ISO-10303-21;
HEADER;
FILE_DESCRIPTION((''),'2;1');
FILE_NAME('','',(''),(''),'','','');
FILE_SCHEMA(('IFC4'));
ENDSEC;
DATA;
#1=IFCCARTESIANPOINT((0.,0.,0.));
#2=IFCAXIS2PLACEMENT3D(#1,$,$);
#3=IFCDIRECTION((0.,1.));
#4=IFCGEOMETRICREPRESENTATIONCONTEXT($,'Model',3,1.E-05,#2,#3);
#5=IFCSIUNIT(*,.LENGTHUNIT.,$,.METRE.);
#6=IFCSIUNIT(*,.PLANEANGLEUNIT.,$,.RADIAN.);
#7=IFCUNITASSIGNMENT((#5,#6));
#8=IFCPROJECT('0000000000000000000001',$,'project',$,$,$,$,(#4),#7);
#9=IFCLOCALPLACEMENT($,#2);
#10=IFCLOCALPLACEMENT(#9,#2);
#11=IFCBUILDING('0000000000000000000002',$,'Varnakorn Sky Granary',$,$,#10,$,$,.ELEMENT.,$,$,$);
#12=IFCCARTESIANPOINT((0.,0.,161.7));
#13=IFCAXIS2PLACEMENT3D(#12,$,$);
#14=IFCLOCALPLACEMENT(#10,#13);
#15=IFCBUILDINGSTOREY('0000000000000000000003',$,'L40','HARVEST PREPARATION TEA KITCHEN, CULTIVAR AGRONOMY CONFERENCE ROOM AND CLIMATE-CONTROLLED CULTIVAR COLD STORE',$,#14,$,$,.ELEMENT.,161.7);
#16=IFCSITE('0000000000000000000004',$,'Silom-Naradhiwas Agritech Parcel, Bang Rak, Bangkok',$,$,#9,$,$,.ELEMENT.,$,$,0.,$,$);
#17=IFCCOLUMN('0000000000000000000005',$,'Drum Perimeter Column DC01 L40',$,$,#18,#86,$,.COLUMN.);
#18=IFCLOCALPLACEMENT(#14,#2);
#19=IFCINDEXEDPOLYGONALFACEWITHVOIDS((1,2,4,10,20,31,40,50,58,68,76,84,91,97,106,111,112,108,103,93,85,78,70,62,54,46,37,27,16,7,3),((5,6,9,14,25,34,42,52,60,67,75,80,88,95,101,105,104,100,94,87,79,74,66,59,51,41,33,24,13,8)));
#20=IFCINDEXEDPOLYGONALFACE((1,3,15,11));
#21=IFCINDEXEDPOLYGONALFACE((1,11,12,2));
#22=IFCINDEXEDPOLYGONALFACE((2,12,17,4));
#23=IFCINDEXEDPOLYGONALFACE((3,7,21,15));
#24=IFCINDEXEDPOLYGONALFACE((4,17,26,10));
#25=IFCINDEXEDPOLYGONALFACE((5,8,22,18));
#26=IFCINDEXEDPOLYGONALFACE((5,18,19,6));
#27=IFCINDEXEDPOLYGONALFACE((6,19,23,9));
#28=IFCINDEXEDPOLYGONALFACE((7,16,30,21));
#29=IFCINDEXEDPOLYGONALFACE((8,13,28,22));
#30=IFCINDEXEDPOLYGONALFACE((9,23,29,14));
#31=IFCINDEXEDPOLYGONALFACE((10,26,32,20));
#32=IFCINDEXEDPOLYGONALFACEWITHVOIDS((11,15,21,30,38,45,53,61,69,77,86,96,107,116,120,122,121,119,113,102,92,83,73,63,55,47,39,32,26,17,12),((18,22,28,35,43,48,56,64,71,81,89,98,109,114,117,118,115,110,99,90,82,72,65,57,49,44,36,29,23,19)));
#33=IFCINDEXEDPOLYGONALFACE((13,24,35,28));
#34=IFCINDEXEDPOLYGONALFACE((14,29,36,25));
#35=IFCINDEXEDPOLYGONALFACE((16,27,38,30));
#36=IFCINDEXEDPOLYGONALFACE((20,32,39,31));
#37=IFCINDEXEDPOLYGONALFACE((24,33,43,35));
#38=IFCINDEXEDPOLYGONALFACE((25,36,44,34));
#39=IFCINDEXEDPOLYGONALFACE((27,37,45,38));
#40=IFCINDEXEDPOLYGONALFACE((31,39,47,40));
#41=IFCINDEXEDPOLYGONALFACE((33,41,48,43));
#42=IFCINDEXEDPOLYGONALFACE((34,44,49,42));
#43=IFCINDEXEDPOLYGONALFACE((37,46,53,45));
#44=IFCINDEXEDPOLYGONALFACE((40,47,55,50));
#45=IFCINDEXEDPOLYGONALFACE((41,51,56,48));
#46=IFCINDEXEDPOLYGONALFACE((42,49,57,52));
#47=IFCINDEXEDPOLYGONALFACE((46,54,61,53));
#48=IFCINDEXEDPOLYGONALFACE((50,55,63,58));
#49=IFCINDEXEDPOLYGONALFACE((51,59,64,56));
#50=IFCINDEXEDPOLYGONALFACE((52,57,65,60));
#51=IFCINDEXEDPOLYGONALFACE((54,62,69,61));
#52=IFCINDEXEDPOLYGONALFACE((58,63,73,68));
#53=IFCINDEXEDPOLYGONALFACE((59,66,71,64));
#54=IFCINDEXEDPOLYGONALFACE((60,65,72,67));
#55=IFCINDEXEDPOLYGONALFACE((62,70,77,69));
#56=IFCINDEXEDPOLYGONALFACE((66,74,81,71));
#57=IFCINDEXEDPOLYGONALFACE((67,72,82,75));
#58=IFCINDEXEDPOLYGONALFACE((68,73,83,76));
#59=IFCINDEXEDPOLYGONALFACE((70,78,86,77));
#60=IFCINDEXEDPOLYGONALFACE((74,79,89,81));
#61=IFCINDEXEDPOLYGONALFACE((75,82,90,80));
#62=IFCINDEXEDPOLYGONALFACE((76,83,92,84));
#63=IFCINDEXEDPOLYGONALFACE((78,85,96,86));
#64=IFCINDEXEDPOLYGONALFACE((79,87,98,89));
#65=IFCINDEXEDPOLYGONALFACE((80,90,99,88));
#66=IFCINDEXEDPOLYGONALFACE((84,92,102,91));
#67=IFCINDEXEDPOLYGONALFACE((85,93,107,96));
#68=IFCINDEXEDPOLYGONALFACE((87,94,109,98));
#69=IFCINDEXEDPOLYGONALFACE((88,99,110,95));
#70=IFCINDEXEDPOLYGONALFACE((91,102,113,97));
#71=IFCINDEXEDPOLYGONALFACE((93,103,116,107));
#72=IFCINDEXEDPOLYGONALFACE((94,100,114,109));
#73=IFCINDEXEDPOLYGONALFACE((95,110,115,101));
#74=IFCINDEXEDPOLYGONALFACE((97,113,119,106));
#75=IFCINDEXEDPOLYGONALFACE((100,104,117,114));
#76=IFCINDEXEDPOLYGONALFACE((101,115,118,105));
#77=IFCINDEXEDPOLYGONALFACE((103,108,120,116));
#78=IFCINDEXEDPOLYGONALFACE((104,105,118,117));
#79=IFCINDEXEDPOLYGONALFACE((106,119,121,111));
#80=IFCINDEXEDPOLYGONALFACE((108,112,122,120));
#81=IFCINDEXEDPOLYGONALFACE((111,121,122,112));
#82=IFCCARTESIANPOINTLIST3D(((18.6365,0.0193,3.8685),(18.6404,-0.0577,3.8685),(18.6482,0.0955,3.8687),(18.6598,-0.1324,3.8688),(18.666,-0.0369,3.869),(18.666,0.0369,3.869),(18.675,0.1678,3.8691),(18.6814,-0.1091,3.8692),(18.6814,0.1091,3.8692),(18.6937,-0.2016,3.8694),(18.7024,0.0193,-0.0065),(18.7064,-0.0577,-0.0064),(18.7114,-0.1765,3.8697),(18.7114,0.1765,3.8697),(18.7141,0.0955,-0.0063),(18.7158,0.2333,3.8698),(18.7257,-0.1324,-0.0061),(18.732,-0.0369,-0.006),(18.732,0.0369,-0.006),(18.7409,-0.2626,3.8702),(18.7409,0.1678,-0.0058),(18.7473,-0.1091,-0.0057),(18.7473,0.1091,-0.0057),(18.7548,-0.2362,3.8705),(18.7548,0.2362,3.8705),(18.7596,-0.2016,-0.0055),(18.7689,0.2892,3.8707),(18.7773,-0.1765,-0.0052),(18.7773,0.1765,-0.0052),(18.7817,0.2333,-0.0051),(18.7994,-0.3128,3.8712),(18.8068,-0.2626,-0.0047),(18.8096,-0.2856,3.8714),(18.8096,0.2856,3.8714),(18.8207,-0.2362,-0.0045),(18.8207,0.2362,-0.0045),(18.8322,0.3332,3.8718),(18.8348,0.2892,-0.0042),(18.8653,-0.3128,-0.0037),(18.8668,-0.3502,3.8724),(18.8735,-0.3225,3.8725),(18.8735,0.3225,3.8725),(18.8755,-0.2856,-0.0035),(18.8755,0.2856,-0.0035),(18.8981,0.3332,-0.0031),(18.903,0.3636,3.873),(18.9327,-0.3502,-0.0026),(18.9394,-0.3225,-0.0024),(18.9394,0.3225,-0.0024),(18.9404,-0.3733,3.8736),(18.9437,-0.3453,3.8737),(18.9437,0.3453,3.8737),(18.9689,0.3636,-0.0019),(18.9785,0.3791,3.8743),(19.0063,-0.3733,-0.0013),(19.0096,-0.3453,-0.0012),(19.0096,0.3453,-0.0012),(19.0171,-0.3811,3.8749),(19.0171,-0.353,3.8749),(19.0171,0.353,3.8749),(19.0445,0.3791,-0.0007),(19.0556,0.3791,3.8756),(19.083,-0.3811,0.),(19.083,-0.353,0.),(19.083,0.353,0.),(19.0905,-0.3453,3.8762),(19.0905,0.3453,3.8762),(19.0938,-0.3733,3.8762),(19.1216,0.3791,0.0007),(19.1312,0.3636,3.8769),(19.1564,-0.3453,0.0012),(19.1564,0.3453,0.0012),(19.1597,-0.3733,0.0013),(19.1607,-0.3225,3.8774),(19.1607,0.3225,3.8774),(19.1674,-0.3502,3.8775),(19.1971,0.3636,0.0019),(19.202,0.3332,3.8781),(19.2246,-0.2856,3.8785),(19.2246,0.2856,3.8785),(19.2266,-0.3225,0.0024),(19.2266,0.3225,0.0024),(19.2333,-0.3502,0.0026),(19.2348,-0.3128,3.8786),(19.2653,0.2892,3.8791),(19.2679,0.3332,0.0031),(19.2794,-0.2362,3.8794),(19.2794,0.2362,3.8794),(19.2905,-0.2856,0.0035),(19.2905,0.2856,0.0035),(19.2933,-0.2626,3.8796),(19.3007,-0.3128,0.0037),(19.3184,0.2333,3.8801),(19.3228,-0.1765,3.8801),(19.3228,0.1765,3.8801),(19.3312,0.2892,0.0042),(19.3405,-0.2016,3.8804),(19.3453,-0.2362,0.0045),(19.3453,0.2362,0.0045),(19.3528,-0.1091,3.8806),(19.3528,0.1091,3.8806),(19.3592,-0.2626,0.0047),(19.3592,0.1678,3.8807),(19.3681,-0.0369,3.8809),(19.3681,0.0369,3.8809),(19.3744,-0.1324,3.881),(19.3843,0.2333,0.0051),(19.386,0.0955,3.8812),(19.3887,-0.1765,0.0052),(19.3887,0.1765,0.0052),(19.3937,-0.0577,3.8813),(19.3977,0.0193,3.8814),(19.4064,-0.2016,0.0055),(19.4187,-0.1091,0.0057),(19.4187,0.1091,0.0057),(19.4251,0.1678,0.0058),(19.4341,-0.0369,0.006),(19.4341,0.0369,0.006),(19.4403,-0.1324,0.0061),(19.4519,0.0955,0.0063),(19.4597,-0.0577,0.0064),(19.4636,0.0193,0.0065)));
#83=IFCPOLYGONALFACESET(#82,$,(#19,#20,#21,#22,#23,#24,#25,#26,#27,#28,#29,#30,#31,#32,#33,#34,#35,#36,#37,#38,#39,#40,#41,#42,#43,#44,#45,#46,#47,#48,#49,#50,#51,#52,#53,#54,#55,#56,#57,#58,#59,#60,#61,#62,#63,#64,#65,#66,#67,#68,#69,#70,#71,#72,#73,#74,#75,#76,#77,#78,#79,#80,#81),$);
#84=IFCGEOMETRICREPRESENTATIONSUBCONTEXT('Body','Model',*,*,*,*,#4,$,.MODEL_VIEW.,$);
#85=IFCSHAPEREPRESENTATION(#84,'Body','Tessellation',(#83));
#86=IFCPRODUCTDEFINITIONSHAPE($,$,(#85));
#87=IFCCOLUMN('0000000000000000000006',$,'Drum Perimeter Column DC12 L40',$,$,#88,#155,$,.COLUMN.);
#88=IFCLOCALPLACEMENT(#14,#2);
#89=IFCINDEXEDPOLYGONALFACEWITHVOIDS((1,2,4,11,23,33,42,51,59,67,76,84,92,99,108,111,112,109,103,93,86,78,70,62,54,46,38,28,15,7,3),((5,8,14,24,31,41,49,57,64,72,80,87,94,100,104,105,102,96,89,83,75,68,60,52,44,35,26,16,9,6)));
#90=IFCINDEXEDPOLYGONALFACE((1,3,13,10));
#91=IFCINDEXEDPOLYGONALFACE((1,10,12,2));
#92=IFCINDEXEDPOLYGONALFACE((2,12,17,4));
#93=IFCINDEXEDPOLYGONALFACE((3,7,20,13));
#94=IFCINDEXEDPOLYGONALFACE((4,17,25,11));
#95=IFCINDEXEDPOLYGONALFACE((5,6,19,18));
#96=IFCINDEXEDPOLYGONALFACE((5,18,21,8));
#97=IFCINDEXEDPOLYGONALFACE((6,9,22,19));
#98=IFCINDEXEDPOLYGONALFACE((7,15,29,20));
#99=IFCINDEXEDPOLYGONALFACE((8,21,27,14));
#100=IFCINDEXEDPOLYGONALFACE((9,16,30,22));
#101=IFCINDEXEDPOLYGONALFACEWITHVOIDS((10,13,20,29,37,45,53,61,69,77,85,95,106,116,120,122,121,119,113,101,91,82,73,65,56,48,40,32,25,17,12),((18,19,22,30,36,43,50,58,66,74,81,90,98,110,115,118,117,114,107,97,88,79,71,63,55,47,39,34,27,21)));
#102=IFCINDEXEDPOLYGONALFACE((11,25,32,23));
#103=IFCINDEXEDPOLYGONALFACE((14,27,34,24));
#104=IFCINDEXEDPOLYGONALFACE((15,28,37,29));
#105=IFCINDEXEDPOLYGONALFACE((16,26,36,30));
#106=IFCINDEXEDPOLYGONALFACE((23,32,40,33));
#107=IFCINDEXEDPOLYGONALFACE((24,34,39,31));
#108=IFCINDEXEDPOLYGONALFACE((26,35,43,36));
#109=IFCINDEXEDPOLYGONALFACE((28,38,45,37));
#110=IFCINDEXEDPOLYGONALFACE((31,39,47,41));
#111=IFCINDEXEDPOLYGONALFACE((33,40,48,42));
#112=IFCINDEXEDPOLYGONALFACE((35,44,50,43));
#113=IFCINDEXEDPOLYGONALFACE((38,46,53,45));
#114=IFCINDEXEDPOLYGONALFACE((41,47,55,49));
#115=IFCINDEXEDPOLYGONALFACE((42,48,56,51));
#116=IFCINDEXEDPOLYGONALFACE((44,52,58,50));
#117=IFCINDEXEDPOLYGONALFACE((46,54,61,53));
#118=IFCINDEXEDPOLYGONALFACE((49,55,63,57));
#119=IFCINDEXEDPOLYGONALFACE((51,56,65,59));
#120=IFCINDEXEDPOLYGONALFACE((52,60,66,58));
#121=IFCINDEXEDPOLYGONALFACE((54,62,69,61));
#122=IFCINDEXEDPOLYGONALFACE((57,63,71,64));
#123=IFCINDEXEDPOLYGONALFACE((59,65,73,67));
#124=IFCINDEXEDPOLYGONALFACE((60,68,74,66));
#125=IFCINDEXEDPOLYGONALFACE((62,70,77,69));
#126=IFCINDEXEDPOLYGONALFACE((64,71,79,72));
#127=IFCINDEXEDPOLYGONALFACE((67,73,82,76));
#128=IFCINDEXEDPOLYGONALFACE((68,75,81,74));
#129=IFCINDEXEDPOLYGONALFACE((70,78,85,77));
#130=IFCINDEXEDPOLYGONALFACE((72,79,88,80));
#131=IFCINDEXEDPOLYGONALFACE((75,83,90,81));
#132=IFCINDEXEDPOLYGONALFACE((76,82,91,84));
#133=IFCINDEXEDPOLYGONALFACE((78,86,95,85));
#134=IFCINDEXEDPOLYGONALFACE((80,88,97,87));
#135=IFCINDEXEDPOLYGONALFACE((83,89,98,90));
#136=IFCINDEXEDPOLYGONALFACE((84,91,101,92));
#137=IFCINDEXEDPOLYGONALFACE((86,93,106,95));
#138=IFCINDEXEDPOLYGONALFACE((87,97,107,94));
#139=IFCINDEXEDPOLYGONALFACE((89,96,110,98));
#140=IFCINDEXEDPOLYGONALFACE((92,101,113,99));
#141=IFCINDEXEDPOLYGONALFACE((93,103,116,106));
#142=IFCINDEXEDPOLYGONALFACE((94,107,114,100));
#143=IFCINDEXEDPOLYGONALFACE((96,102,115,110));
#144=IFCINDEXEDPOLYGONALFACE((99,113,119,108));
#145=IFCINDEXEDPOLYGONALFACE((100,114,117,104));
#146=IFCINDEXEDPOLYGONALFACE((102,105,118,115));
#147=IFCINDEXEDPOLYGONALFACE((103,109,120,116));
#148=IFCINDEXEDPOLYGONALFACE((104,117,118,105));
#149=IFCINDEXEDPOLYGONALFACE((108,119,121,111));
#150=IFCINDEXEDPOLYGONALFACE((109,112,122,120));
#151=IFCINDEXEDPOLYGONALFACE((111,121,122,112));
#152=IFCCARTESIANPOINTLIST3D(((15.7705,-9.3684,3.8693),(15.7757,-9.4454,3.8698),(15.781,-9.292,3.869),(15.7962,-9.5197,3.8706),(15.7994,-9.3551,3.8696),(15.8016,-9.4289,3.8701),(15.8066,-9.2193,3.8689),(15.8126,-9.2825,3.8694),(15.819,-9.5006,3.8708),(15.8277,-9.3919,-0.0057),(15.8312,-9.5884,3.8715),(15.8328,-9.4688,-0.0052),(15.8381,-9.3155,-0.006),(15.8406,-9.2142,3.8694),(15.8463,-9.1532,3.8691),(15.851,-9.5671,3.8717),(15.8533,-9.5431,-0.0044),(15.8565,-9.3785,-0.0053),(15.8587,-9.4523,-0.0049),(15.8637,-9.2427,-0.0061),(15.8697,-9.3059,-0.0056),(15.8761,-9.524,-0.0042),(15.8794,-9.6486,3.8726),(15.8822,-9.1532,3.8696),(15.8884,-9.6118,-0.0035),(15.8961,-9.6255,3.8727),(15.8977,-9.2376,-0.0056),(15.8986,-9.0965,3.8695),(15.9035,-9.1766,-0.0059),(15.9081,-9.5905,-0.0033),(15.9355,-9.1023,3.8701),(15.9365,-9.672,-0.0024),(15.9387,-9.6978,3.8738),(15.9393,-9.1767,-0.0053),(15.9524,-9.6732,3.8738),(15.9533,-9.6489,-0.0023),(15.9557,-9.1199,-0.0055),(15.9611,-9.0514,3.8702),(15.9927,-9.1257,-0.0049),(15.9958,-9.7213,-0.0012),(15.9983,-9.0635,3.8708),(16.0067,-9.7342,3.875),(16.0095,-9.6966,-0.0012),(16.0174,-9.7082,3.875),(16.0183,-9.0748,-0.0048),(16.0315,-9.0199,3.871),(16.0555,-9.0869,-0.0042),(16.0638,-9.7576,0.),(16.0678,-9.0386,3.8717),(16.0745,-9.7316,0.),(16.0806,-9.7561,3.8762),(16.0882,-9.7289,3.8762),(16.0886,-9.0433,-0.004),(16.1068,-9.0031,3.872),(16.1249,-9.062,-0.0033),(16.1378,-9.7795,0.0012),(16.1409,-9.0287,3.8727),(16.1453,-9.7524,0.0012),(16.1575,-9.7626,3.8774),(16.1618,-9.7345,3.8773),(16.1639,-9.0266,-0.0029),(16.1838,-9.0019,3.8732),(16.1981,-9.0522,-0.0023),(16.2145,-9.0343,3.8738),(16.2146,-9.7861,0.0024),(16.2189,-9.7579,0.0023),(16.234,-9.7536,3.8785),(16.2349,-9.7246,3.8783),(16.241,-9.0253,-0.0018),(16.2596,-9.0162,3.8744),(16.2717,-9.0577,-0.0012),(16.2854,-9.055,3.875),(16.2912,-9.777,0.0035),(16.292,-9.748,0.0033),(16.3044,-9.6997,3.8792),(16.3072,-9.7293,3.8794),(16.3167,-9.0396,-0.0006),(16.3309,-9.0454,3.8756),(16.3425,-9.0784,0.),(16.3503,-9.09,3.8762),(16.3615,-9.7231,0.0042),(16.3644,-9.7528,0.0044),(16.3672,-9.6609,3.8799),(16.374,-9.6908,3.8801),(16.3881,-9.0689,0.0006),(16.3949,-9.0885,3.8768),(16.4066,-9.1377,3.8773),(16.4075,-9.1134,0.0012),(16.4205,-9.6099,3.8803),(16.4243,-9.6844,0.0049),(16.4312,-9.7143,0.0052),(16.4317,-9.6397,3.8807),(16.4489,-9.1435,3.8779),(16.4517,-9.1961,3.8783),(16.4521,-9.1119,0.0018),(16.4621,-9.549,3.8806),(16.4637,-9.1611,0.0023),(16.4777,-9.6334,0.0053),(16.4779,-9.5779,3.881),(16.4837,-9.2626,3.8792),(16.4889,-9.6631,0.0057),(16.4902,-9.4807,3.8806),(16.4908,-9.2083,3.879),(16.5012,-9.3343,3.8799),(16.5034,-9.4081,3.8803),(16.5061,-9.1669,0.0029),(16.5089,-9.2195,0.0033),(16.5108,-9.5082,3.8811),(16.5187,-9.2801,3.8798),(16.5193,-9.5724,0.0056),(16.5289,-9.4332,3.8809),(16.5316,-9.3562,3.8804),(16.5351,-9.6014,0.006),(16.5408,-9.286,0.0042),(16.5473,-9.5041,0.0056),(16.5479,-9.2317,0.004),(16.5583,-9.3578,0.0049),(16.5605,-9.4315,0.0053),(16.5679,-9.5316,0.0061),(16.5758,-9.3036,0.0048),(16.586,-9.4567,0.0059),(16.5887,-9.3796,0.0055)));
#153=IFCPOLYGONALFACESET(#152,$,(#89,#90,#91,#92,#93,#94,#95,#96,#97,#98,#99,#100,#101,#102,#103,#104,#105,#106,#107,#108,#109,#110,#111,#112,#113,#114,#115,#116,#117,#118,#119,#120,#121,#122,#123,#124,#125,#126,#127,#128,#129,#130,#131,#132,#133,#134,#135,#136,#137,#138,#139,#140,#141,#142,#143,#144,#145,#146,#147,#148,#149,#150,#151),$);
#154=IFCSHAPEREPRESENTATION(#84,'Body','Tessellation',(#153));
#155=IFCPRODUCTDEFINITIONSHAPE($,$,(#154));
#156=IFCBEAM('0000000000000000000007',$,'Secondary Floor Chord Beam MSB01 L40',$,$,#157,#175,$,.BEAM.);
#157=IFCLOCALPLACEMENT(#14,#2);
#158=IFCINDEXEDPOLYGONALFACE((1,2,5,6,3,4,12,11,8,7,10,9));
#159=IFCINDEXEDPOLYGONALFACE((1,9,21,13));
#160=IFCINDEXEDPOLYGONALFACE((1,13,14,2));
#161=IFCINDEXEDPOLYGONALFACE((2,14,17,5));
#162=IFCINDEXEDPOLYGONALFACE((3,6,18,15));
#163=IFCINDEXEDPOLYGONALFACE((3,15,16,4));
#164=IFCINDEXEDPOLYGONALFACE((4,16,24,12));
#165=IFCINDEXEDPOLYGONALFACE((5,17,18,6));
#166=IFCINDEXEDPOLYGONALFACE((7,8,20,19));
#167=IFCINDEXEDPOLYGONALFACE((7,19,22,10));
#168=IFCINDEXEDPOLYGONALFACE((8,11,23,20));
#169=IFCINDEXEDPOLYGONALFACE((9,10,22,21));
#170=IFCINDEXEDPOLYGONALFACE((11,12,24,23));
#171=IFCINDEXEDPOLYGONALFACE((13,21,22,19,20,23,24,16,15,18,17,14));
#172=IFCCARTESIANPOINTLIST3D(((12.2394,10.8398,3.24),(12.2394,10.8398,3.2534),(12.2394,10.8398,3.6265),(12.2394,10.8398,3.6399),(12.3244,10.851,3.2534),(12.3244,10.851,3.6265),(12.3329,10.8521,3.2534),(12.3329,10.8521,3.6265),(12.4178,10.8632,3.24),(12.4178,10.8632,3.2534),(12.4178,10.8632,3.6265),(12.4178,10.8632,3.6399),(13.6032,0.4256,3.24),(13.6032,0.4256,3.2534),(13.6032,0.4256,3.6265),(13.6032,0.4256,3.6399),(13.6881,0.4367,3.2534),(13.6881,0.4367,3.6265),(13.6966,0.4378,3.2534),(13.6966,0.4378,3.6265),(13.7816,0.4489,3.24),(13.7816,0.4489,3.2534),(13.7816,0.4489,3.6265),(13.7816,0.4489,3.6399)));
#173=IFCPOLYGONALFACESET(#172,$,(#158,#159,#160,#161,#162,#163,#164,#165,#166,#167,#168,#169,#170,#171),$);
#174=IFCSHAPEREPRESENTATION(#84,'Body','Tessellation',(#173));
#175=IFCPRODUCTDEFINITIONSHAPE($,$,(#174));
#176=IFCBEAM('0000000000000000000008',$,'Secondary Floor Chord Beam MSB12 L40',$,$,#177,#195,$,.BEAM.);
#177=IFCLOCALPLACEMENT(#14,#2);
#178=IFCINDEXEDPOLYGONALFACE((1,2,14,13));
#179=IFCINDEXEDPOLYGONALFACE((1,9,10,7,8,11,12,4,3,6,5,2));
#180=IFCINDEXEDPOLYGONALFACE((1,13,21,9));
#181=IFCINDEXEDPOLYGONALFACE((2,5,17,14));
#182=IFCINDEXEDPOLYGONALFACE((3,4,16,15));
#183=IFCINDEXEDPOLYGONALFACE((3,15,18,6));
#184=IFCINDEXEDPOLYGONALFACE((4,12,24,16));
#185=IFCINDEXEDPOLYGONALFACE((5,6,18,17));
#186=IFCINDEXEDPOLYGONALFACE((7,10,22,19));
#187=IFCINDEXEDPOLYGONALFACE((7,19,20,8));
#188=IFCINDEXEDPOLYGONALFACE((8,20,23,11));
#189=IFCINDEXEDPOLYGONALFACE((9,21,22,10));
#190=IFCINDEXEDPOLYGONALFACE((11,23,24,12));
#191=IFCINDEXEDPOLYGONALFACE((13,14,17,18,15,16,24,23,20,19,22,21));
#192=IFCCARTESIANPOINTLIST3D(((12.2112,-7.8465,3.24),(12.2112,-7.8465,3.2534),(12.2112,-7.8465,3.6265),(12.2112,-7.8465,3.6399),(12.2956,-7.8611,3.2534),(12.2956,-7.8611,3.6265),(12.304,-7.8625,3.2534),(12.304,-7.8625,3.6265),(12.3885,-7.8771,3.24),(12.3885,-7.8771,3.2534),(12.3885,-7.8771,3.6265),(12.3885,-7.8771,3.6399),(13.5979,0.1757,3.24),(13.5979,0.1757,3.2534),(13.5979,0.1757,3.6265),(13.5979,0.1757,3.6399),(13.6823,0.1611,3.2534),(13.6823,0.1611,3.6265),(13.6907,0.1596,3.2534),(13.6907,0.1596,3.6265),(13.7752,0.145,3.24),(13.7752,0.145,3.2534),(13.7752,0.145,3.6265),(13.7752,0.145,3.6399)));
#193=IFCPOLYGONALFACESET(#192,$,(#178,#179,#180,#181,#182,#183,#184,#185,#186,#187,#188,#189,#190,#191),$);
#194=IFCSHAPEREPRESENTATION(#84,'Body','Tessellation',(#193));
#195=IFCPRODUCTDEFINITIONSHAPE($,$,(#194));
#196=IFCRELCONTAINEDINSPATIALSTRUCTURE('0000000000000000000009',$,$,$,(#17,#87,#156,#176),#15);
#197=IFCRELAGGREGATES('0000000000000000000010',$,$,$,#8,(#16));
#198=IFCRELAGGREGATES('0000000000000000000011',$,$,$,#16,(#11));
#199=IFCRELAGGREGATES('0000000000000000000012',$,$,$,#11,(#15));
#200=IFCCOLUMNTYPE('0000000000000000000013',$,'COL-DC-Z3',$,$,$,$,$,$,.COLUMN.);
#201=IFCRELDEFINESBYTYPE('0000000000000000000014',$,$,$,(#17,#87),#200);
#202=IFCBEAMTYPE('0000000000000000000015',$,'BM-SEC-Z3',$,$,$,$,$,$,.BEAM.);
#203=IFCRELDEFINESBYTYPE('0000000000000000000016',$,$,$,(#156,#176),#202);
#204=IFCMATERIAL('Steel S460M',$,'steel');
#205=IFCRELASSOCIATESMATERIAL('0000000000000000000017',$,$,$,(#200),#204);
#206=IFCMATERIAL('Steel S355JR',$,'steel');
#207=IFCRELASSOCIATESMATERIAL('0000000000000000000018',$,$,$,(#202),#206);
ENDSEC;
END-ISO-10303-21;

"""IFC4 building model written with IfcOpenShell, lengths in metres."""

from ifc_helpers import new_model, si_unit, direction, frame, origin, origin_2d, place, context, subcontext, project, spatial, hollow_circle, i_section, extrude, material, material_profile, profile_set, type_object, element, save


model = new_model("IFC4")

# Units and contexts
model_context = context("Model", 3, precision=1e-05, world=origin(), true_north=direction((0.0, 1.0)))
body_context = subcontext(model_context, "Body", "Model", "MODEL_VIEW")
ifc_project = project(units=[si_unit("LENGTHUNIT", "METRE"), si_unit("PLANEANGLEUNIT", "RADIAN")], contexts=[model_context])

# Site, building, storey
site_placement = place(None, origin())
site = spatial("IfcSite", under=ifc_project, at=site_placement, Name="Silom-Naradhiwas Agritech Parcel, Bang Rak, Bangkok", CompositionType="ELEMENT", RefElevation=0.0)
building_placement = place(site_placement, origin())
building = spatial("IfcBuilding", under=site, at=building_placement, Name="Varnakorn Sky Granary", CompositionType="ELEMENT")
storey_placement = place(building_placement, frame((0.0, 0.0, 161.7)))
storey = spatial("IfcBuildingStorey", under=building, at=storey_placement, Name="L40", Description="HARVEST PREPARATION TEA KITCHEN, CULTIVAR AGRONOMY CONFERENCE ROOM AND CLIMATE-CONTROLLED CULTIVAR COLD STORE", CompositionType="ELEMENT", Elevation=161.7)

# Columns
ifc_material_1 = material(Name="Steel S460M", Category="steel")
ifc_material_profile_1 = material_profile(ifc_material_1, hollow_circle(Radius=0.3811, WallThickness=0.0281, at=origin_2d()), Name="CHS 762x28")
ifc_profile_set_1 = profile_set([ifc_material_profile_1], Name="Steel S460M")
column_type = type_object("IfcColumnType", Name="COL-DC-Z3", PredefinedType="COLUMN", material=ifc_profile_set_1)
for number, where, z_axis, x_axis, name in (
    (1, (19.083, 0.0, 0.0), (-0.017009, 0.0, 0.999855), (0.0, -1.0, 0.0), "Drum Perimeter Column DC01 L40"),
    (2, (16.2085, -9.405, 0.0), (-0.014741, 0.006048, 0.999873), (-0.379556, -0.925169, 0.0), "Drum Perimeter Column DC12 L40"),
):
    element("IfcColumn", number, at=place(storey_placement, frame(where, z_axis=z_axis, x_axis=x_axis)), inside=storey, type_object=column_type, Name=name, PredefinedType="COLUMN", context=body_context, shape_type="SweptSolid", body=[
        extrude(hollow_circle(Radius=0.3811, WallThickness=0.0281, at=origin_2d()), origin(), (0.0, 0.0, 1.0), 3.8755),
    ])

# Beams
ifc_material_2 = material(Name="Steel S355JR", Category="steel")
ifc_material_profile_2 = material_profile(ifc_material_2, i_section(OverallWidth=0.1799, OverallDepth=0.3999, WebThickness=0.0085, FlangeThickness=0.0134, at=origin_2d()), Name="IPE 400")
ifc_profile_set_2 = profile_set([ifc_material_profile_2], Name="Steel S355JR")
beam_type_1 = type_object("IfcBeamType", Name="BM-SEC-Z3", PredefinedType="BEAM", material=ifc_profile_set_2)
beam_1_placement = place(storey_placement, frame((13.6924, 0.4373, 3.4399), z_axis=(-0.129843, 0.991535, 0.0), x_axis=(-0.991535, -0.129843, 0.0)))
element("IfcBeam", 3, at=beam_1_placement, inside=storey, type_object=beam_type_1, Name="Secondary Floor Chord Beam MSB01 L40", PredefinedType="BEAM", context=body_context, shape_type="SweptSolid", body=[
    extrude(i_section(OverallWidth=0.1799, OverallDepth=0.3999, WebThickness=0.0085, FlangeThickness=0.0134, at=origin_2d()), origin(), (0.0, 0.0, 1.0), 10.5032),
])
beam_2_placement = place(storey_placement, frame((12.2998, -7.8618, 3.4399), z_axis=(0.170334, 0.985386, 0.0), x_axis=(-0.985386, 0.170334, 0.0)))
element("IfcBeam", 4, at=beam_2_placement, inside=storey, type_object=beam_type_1, Name="Secondary Floor Chord Beam MSB12 L40", PredefinedType="BEAM", context=body_context, shape_type="SweptSolid", body=[
    extrude(i_section(OverallWidth=0.1799, OverallDepth=0.3999, WebThickness=0.0085, FlangeThickness=0.0134, at=origin_2d()), origin(), (0.0, 0.0, 1.0), 8.1411),
])

save(model, "model.ifc")
